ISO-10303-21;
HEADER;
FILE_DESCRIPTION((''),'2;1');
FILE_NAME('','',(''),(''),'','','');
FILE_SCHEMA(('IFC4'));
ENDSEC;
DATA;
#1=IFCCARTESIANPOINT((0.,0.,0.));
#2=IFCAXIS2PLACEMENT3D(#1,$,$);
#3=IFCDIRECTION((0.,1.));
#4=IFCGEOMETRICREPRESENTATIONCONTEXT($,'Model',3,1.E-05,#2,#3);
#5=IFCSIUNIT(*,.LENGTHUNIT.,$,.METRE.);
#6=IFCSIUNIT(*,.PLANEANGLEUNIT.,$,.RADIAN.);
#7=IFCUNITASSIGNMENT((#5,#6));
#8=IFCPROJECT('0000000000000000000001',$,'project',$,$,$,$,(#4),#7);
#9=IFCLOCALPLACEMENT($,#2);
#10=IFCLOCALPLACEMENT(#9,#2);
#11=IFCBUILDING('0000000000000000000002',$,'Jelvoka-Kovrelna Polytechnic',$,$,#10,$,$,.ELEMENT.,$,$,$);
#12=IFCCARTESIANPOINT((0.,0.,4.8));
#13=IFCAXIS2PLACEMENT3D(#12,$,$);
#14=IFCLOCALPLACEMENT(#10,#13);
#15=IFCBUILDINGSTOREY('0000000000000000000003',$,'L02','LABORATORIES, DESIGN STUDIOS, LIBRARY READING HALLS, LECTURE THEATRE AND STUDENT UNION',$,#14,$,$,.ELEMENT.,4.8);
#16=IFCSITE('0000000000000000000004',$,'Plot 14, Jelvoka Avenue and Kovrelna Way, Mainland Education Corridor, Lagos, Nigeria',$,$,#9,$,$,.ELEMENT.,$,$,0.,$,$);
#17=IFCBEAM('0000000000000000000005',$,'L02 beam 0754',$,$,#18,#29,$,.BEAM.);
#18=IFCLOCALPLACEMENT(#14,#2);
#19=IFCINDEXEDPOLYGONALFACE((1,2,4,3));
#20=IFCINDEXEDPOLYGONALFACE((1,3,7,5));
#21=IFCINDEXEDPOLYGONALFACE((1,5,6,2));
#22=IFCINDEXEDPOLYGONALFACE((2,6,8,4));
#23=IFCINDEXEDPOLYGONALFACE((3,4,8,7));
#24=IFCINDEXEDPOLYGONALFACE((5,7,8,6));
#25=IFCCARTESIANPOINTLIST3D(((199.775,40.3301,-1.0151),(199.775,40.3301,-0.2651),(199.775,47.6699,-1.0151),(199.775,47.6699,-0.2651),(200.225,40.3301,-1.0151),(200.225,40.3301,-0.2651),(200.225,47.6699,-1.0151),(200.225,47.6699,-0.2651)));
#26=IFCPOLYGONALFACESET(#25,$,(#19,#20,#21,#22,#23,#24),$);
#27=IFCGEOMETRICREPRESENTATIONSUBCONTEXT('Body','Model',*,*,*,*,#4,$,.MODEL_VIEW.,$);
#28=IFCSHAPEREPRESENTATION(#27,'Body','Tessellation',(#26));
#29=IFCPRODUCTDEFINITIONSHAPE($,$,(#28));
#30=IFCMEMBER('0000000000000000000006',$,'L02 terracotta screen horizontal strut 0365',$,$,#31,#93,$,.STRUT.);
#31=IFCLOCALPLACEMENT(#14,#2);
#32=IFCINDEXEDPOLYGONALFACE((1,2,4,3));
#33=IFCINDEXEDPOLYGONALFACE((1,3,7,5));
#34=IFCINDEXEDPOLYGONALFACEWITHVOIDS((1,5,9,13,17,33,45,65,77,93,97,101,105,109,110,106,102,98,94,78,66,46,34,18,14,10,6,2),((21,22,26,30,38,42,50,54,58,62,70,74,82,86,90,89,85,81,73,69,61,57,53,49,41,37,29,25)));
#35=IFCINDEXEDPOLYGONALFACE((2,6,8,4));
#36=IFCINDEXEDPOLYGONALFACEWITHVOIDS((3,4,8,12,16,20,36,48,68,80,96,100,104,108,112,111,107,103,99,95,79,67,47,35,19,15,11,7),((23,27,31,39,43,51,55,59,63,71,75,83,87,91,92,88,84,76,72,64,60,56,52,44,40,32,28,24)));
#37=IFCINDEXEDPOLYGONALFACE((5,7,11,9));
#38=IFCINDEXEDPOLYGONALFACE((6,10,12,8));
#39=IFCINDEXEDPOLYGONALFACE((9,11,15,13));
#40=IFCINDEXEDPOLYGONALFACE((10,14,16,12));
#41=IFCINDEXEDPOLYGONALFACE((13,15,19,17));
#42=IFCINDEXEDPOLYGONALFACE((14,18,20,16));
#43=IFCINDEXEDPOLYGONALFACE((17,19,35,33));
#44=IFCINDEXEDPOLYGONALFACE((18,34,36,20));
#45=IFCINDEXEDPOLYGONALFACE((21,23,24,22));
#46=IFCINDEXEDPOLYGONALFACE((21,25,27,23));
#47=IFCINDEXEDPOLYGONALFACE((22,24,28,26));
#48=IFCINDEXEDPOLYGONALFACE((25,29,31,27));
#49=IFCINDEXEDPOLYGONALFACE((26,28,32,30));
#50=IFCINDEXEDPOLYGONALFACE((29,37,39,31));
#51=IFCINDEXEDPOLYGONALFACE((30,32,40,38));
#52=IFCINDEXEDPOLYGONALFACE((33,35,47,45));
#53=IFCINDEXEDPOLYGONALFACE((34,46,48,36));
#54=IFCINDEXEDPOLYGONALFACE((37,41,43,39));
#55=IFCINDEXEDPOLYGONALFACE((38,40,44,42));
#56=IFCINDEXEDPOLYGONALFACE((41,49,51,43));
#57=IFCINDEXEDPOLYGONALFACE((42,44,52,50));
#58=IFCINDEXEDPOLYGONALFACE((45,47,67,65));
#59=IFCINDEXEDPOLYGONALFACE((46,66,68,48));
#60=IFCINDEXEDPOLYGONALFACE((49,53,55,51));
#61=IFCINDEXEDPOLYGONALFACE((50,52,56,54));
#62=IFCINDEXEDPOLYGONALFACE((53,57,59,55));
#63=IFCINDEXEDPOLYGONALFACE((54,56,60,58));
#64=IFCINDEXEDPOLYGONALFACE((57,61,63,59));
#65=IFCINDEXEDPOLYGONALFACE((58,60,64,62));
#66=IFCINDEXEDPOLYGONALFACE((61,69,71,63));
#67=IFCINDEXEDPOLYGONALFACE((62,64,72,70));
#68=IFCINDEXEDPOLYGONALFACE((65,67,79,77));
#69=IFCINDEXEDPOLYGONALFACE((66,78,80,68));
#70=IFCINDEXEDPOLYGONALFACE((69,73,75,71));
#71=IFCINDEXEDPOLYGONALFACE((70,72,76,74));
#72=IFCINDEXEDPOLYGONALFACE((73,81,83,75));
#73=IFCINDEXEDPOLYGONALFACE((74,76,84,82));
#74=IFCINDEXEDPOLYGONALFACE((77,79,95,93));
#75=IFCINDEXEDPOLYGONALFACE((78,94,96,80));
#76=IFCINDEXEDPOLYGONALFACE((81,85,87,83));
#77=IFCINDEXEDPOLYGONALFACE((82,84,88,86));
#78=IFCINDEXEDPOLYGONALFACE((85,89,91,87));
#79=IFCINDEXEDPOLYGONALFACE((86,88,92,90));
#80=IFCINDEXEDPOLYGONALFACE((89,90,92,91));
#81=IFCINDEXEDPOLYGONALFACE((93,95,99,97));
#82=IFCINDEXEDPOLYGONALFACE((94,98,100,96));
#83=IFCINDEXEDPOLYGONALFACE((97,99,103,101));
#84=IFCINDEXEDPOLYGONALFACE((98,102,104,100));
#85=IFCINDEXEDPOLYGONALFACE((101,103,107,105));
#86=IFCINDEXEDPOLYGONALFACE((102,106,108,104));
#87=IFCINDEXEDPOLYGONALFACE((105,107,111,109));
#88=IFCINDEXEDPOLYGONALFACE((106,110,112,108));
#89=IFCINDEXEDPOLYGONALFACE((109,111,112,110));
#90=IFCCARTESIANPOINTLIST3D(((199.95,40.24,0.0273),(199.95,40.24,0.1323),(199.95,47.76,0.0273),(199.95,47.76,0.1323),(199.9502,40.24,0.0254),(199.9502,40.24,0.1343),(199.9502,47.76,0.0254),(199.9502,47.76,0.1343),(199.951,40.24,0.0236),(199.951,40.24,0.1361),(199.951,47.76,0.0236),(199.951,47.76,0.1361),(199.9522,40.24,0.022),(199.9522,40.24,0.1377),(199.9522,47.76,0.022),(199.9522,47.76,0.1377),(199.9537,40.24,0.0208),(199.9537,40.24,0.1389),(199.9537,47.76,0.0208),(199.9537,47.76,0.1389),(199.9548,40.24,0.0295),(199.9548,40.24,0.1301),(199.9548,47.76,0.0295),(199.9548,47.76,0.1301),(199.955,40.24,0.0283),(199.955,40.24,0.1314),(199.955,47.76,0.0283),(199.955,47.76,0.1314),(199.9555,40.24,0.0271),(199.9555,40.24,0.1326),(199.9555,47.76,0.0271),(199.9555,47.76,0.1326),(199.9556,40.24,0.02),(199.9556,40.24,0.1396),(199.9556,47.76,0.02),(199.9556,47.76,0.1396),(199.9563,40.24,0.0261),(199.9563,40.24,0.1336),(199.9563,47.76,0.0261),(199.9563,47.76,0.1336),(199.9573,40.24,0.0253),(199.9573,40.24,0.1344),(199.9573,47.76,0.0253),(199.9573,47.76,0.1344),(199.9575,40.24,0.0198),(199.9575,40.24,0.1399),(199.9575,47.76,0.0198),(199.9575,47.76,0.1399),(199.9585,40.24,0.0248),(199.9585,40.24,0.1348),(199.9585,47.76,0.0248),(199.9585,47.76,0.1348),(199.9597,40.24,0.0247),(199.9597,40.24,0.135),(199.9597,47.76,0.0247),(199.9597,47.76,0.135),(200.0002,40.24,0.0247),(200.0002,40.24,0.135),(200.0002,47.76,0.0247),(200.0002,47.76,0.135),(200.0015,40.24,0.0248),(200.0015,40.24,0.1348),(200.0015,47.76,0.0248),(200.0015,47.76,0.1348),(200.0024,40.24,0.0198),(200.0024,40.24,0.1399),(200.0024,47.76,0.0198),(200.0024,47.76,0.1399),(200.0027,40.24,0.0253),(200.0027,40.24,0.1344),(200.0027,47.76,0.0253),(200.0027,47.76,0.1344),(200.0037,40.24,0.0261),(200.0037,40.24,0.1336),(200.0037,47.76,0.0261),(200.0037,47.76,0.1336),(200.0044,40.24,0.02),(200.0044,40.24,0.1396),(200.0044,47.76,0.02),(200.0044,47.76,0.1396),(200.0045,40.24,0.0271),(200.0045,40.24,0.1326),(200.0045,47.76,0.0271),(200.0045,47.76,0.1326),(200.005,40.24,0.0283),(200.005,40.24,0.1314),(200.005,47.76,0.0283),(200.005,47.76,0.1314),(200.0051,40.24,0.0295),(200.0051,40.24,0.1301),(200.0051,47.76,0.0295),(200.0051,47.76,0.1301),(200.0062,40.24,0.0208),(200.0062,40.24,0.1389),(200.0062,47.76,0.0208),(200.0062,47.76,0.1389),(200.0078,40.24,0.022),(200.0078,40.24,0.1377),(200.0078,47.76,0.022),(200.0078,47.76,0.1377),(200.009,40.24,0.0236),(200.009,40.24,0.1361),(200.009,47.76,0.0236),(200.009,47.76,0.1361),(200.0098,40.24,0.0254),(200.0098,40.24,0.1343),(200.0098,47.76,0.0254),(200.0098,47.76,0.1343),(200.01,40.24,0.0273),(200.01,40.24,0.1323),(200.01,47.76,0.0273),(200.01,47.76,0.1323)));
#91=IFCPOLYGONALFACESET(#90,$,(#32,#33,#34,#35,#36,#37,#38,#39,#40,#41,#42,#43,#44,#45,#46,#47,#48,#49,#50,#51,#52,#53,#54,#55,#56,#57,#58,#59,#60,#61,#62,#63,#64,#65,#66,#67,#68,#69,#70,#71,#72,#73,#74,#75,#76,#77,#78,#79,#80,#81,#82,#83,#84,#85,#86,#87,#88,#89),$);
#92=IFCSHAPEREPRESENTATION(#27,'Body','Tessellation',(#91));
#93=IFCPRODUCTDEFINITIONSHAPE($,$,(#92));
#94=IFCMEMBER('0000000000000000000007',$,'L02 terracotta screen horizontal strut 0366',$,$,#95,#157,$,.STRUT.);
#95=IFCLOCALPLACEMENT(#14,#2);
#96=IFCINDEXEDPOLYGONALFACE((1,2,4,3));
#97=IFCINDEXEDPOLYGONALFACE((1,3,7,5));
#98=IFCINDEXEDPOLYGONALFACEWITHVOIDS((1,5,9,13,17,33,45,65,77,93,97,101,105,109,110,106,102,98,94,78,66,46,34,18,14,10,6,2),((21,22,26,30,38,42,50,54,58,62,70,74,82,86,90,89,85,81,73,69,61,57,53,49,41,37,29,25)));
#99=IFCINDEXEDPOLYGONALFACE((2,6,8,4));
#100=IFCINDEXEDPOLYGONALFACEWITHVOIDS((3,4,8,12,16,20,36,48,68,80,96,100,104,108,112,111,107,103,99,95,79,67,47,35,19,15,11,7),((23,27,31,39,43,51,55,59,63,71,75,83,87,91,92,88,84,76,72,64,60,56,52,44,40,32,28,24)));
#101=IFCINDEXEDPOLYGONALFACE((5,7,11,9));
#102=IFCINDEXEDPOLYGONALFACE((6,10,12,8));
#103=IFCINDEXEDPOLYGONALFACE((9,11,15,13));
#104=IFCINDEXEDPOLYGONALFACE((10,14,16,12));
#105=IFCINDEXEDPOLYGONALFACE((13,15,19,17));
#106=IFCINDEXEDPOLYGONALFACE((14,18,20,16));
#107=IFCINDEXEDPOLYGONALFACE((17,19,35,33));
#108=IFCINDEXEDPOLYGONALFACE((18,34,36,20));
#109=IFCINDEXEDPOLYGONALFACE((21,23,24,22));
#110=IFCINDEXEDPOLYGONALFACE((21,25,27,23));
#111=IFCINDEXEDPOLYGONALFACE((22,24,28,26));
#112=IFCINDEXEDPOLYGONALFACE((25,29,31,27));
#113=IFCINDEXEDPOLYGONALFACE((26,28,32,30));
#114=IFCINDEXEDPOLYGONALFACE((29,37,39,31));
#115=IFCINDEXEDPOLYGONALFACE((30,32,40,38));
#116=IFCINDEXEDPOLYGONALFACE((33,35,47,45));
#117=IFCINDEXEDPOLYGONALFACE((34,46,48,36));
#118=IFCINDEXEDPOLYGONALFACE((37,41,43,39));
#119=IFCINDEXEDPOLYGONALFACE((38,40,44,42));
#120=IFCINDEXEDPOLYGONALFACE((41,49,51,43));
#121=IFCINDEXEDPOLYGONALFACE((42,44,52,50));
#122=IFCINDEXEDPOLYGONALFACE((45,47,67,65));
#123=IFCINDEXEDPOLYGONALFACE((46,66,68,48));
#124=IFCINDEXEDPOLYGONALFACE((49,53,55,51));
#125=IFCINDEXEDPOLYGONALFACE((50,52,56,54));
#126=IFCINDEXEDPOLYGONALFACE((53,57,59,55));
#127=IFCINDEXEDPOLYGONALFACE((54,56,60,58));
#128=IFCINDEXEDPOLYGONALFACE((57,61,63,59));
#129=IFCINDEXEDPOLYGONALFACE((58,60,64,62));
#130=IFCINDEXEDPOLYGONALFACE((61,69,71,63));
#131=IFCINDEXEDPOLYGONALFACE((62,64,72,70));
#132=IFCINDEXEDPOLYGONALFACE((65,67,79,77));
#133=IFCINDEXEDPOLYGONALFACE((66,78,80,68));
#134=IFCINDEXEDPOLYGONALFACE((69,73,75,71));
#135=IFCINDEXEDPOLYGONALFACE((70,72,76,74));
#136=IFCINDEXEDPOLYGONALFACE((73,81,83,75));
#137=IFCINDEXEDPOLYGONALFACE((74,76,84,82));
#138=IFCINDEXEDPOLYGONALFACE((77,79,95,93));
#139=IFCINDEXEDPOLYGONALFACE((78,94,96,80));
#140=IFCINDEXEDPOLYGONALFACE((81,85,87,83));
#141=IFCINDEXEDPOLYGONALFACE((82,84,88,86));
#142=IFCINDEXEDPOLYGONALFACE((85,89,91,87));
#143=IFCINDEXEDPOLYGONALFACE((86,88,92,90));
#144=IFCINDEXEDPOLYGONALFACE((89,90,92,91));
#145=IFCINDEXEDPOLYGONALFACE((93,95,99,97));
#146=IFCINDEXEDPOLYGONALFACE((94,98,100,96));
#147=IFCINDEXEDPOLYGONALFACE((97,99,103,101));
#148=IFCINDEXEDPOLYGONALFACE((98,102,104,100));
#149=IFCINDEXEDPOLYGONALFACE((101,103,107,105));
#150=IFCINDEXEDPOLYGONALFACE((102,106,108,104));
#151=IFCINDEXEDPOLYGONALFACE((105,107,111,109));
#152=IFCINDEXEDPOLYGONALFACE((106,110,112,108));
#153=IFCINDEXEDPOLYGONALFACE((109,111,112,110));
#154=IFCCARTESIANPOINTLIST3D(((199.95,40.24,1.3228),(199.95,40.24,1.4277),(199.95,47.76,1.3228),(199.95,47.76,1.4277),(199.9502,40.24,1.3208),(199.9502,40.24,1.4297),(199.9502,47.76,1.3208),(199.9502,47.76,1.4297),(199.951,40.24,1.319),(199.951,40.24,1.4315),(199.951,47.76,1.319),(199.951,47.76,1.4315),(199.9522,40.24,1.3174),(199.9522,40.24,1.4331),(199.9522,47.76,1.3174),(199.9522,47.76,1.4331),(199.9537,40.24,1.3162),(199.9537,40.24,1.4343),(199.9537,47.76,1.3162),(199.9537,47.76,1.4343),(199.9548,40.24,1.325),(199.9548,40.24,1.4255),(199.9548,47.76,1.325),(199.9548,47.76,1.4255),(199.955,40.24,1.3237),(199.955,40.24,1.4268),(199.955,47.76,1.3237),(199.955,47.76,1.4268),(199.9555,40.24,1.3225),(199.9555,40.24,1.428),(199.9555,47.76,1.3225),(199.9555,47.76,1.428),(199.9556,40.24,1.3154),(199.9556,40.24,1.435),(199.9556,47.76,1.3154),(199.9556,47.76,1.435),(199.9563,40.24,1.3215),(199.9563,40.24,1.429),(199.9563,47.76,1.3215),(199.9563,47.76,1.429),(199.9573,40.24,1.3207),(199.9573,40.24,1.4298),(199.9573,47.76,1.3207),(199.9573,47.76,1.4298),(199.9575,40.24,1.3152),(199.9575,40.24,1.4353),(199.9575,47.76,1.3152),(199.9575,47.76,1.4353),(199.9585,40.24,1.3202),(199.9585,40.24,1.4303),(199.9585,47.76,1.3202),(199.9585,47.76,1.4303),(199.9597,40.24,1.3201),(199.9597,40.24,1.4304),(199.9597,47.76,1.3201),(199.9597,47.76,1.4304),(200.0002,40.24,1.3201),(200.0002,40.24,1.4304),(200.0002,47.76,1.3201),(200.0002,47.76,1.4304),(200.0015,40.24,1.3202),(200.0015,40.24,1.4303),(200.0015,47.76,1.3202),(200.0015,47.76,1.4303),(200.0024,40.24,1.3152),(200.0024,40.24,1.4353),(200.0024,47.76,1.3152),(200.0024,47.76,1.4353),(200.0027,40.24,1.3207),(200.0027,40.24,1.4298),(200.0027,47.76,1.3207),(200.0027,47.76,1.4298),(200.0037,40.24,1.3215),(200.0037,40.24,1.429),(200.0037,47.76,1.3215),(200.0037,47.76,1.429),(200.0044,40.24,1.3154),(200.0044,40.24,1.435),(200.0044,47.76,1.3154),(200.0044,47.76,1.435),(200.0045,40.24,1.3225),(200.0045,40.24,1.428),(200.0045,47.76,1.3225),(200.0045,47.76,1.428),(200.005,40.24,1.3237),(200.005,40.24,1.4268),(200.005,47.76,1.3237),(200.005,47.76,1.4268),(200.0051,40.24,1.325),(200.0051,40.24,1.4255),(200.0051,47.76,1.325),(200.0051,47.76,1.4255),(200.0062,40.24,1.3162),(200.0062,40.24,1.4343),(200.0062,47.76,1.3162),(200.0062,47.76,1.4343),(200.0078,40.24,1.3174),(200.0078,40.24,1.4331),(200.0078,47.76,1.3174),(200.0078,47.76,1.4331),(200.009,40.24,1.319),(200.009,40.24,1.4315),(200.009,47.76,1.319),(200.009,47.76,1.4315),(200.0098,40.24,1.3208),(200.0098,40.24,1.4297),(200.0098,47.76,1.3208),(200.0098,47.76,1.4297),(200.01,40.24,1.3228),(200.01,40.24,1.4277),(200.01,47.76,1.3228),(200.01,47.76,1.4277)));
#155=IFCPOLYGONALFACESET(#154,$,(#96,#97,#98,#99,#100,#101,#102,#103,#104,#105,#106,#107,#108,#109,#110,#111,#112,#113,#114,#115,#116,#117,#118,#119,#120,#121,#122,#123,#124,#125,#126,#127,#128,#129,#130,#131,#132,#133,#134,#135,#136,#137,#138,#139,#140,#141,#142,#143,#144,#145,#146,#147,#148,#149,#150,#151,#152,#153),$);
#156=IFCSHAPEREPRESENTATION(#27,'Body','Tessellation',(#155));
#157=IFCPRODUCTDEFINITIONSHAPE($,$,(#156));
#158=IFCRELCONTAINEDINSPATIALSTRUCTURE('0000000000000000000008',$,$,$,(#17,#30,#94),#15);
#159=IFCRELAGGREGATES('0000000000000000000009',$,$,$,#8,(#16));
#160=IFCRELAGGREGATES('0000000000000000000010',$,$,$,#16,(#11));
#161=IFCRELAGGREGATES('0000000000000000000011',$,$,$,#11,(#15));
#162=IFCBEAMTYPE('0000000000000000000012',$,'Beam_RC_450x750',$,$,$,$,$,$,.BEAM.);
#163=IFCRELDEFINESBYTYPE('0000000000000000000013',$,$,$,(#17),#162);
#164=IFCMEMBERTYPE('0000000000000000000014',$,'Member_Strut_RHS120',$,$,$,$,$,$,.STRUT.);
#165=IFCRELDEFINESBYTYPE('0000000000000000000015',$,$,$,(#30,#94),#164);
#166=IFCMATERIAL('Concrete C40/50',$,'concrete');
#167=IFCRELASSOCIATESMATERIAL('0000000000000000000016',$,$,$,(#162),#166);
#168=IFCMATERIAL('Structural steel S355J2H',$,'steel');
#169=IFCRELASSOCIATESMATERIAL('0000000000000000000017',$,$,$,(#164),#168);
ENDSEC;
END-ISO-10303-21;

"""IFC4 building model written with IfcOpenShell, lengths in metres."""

from ifc_helpers import new_model, si_unit, direction, frame, origin, origin_2d, place, context, subcontext, project, spatial, rectangle, hollow_rectangle, extrude, material, material_profile, profile_set, type_object, element, save


model = new_model("IFC4")

# Units and contexts
model_context = context("Model", 3, precision=1e-05, world=origin(), true_north=direction((0.0, 1.0)))
body_context = subcontext(model_context, "Body", "Model", "MODEL_VIEW")
ifc_project = project(units=[si_unit("LENGTHUNIT", "METRE"), si_unit("PLANEANGLEUNIT", "RADIAN")], contexts=[model_context])

# Site, building, storey
site_placement = place(None, origin())
site = spatial("IfcSite", under=ifc_project, at=site_placement, Name="Plot 14, Jelvoka Avenue and Kovrelna Way, Mainland Education Corridor, Lagos, Nigeria", CompositionType="ELEMENT", RefElevation=0.0)
building_placement = place(site_placement, origin())
building = spatial("IfcBuilding", under=site, at=building_placement, Name="Jelvoka-Kovrelna Polytechnic", CompositionType="ELEMENT")
storey_placement = place(building_placement, frame((0.0, 0.0, 4.8)))
storey = spatial("IfcBuildingStorey", under=building, at=storey_placement, Name="L02", Description="LABORATORIES, DESIGN STUDIOS, LIBRARY READING HALLS, LECTURE THEATRE AND STUDENT UNION", CompositionType="ELEMENT", Elevation=4.8)

# Beam
ifc_material_1 = material(Name="Concrete C40/50", Category="concrete")
ifc_material_profile_1 = material_profile(ifc_material_1, rectangle(XDim=0.45, YDim=0.75, at=origin_2d()), Name="RC 450x750")
ifc_profile_set_1 = profile_set([ifc_material_profile_1], Name="Concrete C40/50")
beam_type = type_object("IfcBeamType", Name="Beam_RC_450x750", PredefinedType="BEAM", material=ifc_profile_set_1)
beam_placement = place(storey_placement, frame((200.0, 40.3301, -0.6401), z_axis=(0.0, 1.0, 0.0), x_axis=(-1.0, 0.0, 0.0)))
element("IfcBeam", 1, at=beam_placement, inside=storey, type_object=beam_type, Name="L02 beam 0754", PredefinedType="BEAM", context=body_context, shape_type="SweptSolid", body=[
    extrude(rectangle(XDim=0.45, YDim=0.75, at=origin_2d()), origin(), (0.0, 0.0, 1.0), 7.3398),
])

# Members
ifc_material_2 = material(Name="Structural steel S355J2H", Category="steel")
ifc_material_profile_2 = material_profile(ifc_material_2, hollow_rectangle(XDim=0.0601, YDim=0.1201, WallThickness=0.0049, InnerFilletRadius=0.0049, OuterFilletRadius=0.0076, at=origin_2d()), Name="120x60x5.0 RHS")
ifc_profile_set_2 = profile_set([ifc_material_profile_2], Name="Structural steel S355J2H")
member_type_1 = type_object("IfcMemberType", Name="Member_Strut_RHS120", PredefinedType="STRUT", material=ifc_profile_set_2)
for number, where, z_axis, x_axis, name in (
    (2, (199.98, 40.24, 0.0798), (0.0, 1.0, 0.0), (-1.0, 0.0, 0.0), "L02 terracotta screen horizontal strut 0365"),
    (3, (199.98, 40.24, 1.3752), (0.0, 1.0, 0.0), (-1.0, 0.0, 0.0), "L02 terracotta screen horizontal strut 0366"),
):
    element("IfcMember", number, at=place(storey_placement, frame(where, z_axis=z_axis, x_axis=x_axis)), inside=storey, type_object=member_type_1, Name=name, PredefinedType="STRUT", context=body_context, shape_type="SweptSolid", body=[
        extrude(hollow_rectangle(XDim=0.0601, YDim=0.1201, WallThickness=0.0049, InnerFilletRadius=0.0049, OuterFilletRadius=0.0076, at=origin_2d()), origin(), (0.0, 0.0, 1.0), 7.52),
    ])

save(model, "model.ifc")
